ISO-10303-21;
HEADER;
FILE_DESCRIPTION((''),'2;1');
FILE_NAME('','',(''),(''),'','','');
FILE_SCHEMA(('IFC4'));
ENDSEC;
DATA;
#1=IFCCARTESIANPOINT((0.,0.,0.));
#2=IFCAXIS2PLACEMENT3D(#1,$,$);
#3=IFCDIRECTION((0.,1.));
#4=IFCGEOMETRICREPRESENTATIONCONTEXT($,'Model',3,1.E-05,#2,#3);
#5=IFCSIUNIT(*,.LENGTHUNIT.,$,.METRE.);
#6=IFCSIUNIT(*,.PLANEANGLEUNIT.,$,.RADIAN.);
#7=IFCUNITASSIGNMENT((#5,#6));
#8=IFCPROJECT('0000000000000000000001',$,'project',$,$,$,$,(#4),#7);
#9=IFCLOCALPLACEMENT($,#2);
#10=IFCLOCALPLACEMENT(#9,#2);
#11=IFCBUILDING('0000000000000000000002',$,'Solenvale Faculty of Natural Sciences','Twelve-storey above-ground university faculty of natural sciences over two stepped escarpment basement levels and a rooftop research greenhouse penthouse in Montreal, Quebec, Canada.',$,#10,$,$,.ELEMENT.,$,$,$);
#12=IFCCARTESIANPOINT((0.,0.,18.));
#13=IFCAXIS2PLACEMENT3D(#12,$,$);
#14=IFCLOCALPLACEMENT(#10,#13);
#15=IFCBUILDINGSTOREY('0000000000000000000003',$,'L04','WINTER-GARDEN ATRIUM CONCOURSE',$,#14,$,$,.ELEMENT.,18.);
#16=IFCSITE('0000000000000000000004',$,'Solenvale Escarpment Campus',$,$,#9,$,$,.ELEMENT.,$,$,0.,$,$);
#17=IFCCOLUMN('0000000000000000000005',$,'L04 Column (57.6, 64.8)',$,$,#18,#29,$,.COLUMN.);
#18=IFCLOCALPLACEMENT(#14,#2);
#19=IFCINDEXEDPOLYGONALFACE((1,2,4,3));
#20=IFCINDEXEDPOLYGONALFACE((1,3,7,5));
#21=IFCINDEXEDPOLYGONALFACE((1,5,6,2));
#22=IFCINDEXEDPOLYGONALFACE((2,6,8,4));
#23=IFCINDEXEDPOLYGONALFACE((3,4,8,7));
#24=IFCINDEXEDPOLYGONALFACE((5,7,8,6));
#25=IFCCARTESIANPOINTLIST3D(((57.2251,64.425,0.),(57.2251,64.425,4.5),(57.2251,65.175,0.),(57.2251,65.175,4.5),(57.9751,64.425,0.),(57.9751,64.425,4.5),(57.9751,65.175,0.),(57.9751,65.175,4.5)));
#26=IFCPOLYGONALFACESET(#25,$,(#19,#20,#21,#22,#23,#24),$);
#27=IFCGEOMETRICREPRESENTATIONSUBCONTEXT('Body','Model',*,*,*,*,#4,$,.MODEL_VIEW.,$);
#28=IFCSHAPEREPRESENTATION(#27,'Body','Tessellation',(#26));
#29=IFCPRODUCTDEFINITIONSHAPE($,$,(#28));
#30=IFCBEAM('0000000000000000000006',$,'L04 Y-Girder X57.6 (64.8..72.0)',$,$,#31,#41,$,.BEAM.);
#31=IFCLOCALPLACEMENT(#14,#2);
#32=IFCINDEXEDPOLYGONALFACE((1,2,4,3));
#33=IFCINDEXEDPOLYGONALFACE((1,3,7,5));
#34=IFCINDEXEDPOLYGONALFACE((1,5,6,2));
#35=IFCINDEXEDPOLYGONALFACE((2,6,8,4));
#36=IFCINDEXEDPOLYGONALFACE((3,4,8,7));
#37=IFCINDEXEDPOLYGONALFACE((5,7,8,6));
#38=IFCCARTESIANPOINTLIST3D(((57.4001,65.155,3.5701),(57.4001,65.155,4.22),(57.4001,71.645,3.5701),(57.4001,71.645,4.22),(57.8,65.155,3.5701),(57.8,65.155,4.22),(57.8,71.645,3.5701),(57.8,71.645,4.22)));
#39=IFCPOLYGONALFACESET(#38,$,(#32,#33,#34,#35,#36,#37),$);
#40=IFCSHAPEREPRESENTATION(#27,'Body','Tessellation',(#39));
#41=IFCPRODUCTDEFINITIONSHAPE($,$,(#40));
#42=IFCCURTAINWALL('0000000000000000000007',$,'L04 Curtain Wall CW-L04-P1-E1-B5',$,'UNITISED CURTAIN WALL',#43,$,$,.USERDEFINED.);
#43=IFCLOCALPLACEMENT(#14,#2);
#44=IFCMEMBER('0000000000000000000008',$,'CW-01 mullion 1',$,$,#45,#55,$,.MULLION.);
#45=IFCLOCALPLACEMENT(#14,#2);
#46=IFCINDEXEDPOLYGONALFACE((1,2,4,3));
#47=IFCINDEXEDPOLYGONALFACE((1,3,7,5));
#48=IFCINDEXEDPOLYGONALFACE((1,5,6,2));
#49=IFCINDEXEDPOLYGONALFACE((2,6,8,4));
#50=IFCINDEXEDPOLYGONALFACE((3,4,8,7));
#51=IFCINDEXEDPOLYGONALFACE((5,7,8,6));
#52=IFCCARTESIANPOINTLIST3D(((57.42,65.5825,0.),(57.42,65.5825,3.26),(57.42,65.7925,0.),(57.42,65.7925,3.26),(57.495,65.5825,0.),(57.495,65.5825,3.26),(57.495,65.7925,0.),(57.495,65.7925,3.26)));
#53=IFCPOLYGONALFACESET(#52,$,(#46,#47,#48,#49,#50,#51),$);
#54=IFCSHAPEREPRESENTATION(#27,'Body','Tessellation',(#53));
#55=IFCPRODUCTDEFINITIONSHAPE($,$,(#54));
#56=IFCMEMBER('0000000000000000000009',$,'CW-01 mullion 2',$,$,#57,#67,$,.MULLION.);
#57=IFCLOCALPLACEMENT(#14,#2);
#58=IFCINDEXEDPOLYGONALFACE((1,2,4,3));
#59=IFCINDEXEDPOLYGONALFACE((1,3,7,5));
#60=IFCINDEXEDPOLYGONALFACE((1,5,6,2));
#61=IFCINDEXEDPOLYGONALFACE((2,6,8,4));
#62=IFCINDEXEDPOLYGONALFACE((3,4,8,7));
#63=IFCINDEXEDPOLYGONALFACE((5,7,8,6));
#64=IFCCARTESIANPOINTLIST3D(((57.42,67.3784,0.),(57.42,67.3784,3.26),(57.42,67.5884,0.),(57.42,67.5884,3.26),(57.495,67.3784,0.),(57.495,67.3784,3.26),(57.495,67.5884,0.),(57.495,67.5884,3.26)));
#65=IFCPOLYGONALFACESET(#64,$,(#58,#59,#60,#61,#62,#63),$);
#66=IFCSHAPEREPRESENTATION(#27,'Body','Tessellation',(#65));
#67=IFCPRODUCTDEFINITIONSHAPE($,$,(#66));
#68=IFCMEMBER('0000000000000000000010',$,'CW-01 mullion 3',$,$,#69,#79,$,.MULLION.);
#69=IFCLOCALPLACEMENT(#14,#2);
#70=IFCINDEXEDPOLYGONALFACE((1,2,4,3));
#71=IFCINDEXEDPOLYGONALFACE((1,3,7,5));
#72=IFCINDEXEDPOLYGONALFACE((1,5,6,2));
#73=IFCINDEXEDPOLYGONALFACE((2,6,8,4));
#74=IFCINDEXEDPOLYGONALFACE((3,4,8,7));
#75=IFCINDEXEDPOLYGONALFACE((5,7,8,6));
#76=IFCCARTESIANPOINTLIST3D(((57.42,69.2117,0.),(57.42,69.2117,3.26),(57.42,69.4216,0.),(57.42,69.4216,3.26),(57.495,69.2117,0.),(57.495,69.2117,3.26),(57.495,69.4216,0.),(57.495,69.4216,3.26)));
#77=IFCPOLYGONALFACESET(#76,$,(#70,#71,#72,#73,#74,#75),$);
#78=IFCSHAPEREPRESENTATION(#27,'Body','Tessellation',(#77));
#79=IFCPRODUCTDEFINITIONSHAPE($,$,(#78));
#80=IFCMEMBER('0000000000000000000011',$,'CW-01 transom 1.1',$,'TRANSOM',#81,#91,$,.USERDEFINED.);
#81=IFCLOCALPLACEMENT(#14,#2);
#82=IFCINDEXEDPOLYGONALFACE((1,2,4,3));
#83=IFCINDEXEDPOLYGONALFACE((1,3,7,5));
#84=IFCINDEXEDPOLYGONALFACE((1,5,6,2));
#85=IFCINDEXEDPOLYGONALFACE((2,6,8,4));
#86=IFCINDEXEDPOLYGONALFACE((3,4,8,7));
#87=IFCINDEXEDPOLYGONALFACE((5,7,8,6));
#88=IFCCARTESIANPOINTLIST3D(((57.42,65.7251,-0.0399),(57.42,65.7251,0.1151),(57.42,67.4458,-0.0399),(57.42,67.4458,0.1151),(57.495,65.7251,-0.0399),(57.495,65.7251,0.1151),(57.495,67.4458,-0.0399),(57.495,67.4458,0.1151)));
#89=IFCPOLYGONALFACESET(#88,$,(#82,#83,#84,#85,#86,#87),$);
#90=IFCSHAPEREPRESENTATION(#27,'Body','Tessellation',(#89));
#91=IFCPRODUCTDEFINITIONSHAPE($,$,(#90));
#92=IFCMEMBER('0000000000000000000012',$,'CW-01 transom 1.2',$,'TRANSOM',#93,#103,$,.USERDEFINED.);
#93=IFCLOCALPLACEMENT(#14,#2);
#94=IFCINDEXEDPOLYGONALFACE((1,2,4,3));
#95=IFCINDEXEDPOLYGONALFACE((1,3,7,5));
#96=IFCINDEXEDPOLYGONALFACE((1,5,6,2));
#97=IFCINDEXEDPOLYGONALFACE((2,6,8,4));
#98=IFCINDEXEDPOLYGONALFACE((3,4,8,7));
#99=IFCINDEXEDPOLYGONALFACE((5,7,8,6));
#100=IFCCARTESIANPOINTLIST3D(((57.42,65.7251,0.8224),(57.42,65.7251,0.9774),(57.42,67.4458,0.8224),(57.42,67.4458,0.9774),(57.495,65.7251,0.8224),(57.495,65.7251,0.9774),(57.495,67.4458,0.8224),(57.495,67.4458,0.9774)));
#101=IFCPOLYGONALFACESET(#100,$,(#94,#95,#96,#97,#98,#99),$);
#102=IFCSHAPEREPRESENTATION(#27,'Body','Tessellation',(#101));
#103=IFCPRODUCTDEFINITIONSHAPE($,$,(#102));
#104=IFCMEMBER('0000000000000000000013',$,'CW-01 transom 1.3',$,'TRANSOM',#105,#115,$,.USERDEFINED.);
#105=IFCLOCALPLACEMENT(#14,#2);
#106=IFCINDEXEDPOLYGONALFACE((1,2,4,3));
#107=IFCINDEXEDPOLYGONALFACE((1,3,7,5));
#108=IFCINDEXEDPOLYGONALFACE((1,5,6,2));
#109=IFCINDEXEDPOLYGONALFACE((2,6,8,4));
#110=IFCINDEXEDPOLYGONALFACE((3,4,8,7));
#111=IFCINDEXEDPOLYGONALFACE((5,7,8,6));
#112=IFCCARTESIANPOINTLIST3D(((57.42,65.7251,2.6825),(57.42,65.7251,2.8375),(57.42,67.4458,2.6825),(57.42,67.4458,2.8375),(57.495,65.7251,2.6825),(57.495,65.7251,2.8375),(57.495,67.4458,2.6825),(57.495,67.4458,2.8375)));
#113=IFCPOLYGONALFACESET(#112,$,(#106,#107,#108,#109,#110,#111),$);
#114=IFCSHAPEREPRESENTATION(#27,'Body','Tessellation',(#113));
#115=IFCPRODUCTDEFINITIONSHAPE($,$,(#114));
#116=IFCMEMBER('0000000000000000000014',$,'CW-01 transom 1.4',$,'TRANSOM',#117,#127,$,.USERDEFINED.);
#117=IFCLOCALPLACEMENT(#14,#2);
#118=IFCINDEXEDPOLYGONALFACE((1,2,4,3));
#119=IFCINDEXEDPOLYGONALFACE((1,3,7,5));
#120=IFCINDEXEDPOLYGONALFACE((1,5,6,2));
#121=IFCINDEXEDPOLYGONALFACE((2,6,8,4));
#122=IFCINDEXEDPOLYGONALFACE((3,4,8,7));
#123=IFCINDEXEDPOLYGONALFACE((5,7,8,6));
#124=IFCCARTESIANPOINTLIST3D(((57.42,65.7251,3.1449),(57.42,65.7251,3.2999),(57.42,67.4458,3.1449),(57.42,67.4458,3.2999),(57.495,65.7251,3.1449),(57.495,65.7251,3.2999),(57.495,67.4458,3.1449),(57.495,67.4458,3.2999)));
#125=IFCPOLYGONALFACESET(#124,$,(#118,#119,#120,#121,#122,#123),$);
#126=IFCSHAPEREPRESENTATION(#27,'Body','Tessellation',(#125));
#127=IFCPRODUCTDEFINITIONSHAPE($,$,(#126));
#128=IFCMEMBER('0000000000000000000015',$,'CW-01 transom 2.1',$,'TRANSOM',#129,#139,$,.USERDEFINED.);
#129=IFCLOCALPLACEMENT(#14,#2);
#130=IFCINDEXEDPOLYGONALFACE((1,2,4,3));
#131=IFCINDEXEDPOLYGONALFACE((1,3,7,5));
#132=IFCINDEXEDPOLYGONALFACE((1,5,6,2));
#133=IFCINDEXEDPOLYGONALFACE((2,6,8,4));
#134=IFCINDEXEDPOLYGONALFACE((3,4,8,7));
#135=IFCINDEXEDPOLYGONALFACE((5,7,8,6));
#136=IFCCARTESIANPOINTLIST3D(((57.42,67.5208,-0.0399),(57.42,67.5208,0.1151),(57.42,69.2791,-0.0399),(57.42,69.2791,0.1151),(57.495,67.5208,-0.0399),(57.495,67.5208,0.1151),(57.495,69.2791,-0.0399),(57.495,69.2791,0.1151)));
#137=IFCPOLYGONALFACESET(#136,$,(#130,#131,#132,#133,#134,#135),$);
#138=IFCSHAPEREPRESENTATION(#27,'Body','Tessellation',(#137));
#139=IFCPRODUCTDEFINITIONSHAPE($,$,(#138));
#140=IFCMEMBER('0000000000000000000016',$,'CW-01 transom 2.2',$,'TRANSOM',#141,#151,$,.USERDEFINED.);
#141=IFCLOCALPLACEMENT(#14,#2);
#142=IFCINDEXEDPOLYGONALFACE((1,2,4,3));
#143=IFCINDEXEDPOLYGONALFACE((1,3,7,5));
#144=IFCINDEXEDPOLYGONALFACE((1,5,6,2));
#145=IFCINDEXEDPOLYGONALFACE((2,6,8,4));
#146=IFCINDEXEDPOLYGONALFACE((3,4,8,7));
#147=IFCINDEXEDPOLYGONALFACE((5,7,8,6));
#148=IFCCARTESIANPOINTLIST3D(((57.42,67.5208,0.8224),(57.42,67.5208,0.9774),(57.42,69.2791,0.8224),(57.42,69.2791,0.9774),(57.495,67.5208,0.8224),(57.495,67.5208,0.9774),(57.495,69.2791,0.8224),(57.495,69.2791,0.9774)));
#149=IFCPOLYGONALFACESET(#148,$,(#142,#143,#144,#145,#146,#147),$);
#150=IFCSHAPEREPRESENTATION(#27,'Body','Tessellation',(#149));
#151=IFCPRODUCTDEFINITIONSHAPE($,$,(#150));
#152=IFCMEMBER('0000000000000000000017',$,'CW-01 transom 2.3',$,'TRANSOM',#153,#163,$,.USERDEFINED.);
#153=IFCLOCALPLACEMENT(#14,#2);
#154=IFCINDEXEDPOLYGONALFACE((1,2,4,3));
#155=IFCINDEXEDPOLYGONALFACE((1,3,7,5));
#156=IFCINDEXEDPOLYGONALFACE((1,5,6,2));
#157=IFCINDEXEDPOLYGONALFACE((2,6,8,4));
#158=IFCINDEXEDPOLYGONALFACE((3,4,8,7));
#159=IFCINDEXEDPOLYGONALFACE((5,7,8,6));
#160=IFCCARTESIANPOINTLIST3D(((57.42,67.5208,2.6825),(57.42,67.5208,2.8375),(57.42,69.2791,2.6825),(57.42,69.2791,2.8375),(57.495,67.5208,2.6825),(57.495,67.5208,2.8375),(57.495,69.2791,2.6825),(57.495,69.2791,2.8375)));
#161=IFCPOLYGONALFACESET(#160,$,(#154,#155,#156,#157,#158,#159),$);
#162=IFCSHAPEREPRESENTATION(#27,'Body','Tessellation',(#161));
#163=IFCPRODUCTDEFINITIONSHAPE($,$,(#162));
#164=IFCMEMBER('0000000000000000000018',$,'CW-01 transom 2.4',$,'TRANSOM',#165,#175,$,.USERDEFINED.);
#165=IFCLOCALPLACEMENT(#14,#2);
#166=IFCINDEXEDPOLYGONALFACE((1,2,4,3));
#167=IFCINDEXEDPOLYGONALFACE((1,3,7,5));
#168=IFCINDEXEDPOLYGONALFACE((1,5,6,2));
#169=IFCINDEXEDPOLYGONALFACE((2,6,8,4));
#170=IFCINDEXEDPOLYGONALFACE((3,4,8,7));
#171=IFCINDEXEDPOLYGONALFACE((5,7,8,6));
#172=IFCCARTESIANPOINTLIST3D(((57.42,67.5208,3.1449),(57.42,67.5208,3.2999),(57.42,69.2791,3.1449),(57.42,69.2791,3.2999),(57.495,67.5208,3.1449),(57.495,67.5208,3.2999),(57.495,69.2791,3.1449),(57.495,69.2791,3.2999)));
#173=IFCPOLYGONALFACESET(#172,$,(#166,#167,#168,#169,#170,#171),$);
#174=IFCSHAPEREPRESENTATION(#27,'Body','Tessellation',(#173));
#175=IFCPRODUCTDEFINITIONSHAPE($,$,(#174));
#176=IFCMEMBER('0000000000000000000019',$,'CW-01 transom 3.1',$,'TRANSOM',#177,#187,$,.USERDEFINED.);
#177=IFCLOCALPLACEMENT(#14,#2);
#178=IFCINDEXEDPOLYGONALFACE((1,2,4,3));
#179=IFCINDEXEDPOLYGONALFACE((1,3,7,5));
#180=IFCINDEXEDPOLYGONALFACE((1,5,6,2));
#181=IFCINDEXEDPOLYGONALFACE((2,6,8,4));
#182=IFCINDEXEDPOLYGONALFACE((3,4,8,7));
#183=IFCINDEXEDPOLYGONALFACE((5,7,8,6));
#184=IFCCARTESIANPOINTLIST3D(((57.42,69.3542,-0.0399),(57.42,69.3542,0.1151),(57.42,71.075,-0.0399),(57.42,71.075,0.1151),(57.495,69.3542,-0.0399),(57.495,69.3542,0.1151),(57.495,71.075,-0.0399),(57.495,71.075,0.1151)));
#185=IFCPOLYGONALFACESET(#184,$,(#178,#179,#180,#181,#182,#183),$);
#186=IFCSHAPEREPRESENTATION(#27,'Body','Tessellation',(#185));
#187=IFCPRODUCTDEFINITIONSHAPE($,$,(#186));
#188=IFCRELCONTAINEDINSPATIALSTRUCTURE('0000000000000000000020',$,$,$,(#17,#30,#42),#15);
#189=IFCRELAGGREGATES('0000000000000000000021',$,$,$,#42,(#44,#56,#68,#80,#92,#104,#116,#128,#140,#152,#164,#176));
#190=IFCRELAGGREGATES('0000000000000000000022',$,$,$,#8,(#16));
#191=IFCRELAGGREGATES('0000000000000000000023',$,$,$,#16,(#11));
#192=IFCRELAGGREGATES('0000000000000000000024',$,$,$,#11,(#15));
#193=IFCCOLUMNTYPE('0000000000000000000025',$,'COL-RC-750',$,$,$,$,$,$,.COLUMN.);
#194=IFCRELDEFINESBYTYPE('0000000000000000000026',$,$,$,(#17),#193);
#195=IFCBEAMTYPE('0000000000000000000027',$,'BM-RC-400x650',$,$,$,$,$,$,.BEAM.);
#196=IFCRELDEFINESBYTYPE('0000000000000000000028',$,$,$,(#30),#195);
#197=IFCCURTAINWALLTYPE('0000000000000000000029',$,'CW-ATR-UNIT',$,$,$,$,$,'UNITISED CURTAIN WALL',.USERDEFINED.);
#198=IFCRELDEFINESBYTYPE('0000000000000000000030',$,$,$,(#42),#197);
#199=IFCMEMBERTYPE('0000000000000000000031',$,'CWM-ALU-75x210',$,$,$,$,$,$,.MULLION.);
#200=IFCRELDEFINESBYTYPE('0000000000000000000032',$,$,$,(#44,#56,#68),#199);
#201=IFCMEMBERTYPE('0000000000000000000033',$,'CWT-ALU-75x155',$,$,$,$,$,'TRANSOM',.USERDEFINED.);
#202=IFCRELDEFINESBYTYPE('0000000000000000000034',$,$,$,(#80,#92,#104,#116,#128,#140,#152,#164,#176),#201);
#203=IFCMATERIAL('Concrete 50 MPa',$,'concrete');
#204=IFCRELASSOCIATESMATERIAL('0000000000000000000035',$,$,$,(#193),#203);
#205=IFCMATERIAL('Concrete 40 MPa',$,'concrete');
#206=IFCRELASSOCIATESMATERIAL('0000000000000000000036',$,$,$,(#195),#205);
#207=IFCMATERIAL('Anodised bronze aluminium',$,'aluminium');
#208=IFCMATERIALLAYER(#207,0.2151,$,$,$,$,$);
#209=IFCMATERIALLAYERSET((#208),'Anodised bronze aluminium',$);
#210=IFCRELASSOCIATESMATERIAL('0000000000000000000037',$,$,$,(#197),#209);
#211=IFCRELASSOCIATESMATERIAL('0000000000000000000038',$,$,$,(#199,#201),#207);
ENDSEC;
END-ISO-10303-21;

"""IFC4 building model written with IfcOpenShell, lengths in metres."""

from ifc_helpers import new_model, si_unit, direction, frame, origin, origin_2d, place, context, subcontext, project, spatial, rectangle, extrude, material, layer, layer_set, material_profile, profile_set, type_object, element, aggregate, save


model = new_model("IFC4")

# Units and contexts
model_context = context("Model", 3, precision=1e-05, world=origin(), true_north=direction((0.0, 1.0)))
body_context = subcontext(model_context, "Body", "Model", "MODEL_VIEW")
ifc_project = project(units=[si_unit("LENGTHUNIT", "METRE"), si_unit("PLANEANGLEUNIT", "RADIAN")], contexts=[model_context])

# Site, building, storey
site_placement = place(None, origin())
site = spatial("IfcSite", under=ifc_project, at=site_placement, Name="Solenvale Escarpment Campus", CompositionType="ELEMENT", RefElevation=0.0)
building_placement = place(site_placement, origin())
building = spatial("IfcBuilding", under=site, at=building_placement, Name="Solenvale Faculty of Natural Sciences", Description="Twelve-storey above-ground university faculty of natural sciences over two stepped escarpment basement levels and a rooftop research greenhouse penthouse in Montreal, Quebec, Canada.", CompositionType="ELEMENT")
storey_placement = place(building_placement, frame((0.0, 0.0, 18.0)))
storey = spatial("IfcBuildingStorey", under=building, at=storey_placement, Name="L04", Description="WINTER-GARDEN ATRIUM CONCOURSE", CompositionType="ELEMENT", Elevation=18.0)

# Column
ifc_material_1 = material(Name="Concrete 50 MPa", Category="concrete")
ifc_material_profile_1 = material_profile(ifc_material_1, rectangle(XDim=0.75, YDim=0.75, at=origin_2d()), Name="RC-COL-750x750")
ifc_profile_set_1 = profile_set([ifc_material_profile_1], Name="Concrete 50 MPa")
column_type = type_object("IfcColumnType", Name="COL-RC-750", PredefinedType="COLUMN", material=ifc_profile_set_1)
column_placement = place(storey_placement, frame((57.6001, 64.8, 0.0), z_axis=(0.0, 0.0, 1.0), x_axis=(1.0, 0.0, 0.0)))
element("IfcColumn", 1, at=column_placement, inside=storey, type_object=column_type, Name="L04 Column (57.6, 64.8)", PredefinedType="COLUMN", context=body_context, shape_type="SweptSolid", body=[
    extrude(rectangle(XDim=0.75, YDim=0.75, at=origin_2d()), origin(), (0.0, 0.0, 1.0), 4.5),
])

# Beam
ifc_material_2 = material(Name="Concrete 40 MPa", Category="concrete")
ifc_material_profile_2 = material_profile(ifc_material_2, rectangle(XDim=0.3999, YDim=0.6499, at=origin_2d()), Name="RC-BM-400x650")
ifc_profile_set_2 = profile_set([ifc_material_profile_2], Name="Concrete 40 MPa")
beam_type = type_object("IfcBeamType", Name="BM-RC-400x650", PredefinedType="BEAM", material=ifc_profile_set_2)
beam_placement = place(storey_placement, frame((57.6001, 65.155, 3.895), z_axis=(0.0, 1.0, 0.0), x_axis=(-1.0, 0.0, 0.0)))
element("IfcBeam", 2, at=beam_placement, inside=storey, type_object=beam_type, Name="L04 Y-Girder X57.6 (64.8..72.0)", PredefinedType="BEAM", context=body_context, shape_type="SweptSolid", body=[
    extrude(rectangle(XDim=0.3999, YDim=0.6499, at=origin_2d()), origin(), (0.0, 0.0, 1.0), 6.49),
])

# Curtain wall, members
ifc_material_3 = material(Name="Anodised bronze aluminium", Category="aluminium")
ifc_layer_1 = layer(ifc_material_3, 0.2151)
ifc_layer_set_1 = layer_set([ifc_layer_1], Name="Anodised bronze aluminium")
curtain_wall_type = type_object("IfcCurtainWallType", Name="CW-ATR-UNIT", ElementType="UNITISED CURTAIN WALL", PredefinedType="USERDEFINED", material=ifc_layer_set_1)
curtain_wall_placement = place(storey_placement, origin())
curtain_wall = element("IfcCurtainWall", 3, at=curtain_wall_placement, inside=storey, type_object=curtain_wall_type, Name="L04 Curtain Wall CW-L04-P1-E1-B5", ObjectType="UNITISED CURTAIN WALL", PredefinedType="USERDEFINED")
ifc_material_profile_3 = material_profile(ifc_material_3, rectangle(XDim=0.075, YDim=0.21, at=origin_2d()), Name="ALU-MUL-75x210")
ifc_profile_set_3 = profile_set([ifc_material_profile_3], Name="Anodised bronze aluminium")
member_type_1 = type_object("IfcMemberType", Name="CWM-ALU-75x210", PredefinedType="MULLION", material=ifc_profile_set_3)
member_1_placement = place(storey_placement, frame((57.4575, 65.6875, 0.0), z_axis=(0.0, 0.0, 1.0), x_axis=(-1.0, 0.0, 0.0)))
member_1 = element("IfcMember", 4, at=member_1_placement, type_object=member_type_1, Name="CW-01 mullion 1", PredefinedType="MULLION", context=body_context, shape_type="SweptSolid", body=[
    extrude(rectangle(XDim=0.075, YDim=0.21, at=origin_2d()), origin(), (0.0, 0.0, 1.0), 3.26),
])
member_2_placement = place(storey_placement, frame((57.4575, 67.4834, 0.0), z_axis=(0.0, 0.0, 1.0), x_axis=(-1.0, 0.0, 0.0)))
member_2 = element("IfcMember", 5, at=member_2_placement, type_object=member_type_1, Name="CW-01 mullion 2", PredefinedType="MULLION", context=body_context, shape_type="SweptSolid", body=[
    extrude(rectangle(XDim=0.075, YDim=0.21, at=origin_2d()), origin(), (0.0, 0.0, 1.0), 3.26),
])
member_3_placement = place(storey_placement, frame((57.4575, 69.3167, 0.0), z_axis=(0.0, 0.0, 1.0), x_axis=(-1.0, 0.0, 0.0)))
member_3 = element("IfcMember", 6, at=member_3_placement, type_object=member_type_1, Name="CW-01 mullion 3", PredefinedType="MULLION", context=body_context, shape_type="SweptSolid", body=[
    extrude(rectangle(XDim=0.075, YDim=0.21, at=origin_2d()), origin(), (0.0, 0.0, 1.0), 3.26),
])
ifc_material_profile_4 = material_profile(ifc_material_3, rectangle(XDim=0.075, YDim=0.155, at=origin_2d()), Name="ALU-TRN-75x155")
ifc_profile_set_4 = profile_set([ifc_material_profile_4], Name="Anodised bronze aluminium")
member_type_2 = type_object("IfcMemberType", Name="CWT-ALU-75x155", ElementType="TRANSOM", PredefinedType="USERDEFINED", material=ifc_profile_set_4)
member_4_placement = place(storey_placement, frame((57.4575, 65.7251, 0.0376), z_axis=(0.0, 1.0, 0.0), x_axis=(-1.0, 0.0, 0.0)))
member_4 = element("IfcMember", 7, at=member_4_placement, type_object=member_type_2, Name="CW-01 transom 1.1", ObjectType="TRANSOM", PredefinedType="USERDEFINED", context=body_context, shape_type="SweptSolid", body=[
    extrude(rectangle(XDim=0.075, YDim=0.155, at=origin_2d()), origin(), (0.0, 0.0, 1.0), 1.7207),
])
member_5_placement = place(storey_placement, frame((57.4575, 65.7251, 0.8999), z_axis=(0.0, 1.0, 0.0), x_axis=(-1.0, 0.0, 0.0)))
member_5 = element("IfcMember", 8, at=member_5_placement, type_object=member_type_2, Name="CW-01 transom 1.2", ObjectType="TRANSOM", PredefinedType="USERDEFINED", context=body_context, shape_type="SweptSolid", body=[
    extrude(rectangle(XDim=0.075, YDim=0.155, at=origin_2d()), origin(), (0.0, 0.0, 1.0), 1.7207),
])
member_6_placement = place(storey_placement, frame((57.4575, 65.7251, 2.76), z_axis=(0.0, 1.0, 0.0), x_axis=(-1.0, 0.0, 0.0)))
member_6 = element("IfcMember", 9, at=member_6_placement, type_object=member_type_2, Name="CW-01 transom 1.3", ObjectType="TRANSOM", PredefinedType="USERDEFINED", context=body_context, shape_type="SweptSolid", body=[
    extrude(rectangle(XDim=0.075, YDim=0.155, at=origin_2d()), origin(), (0.0, 0.0, 1.0), 1.7207),
])
member_7_placement = place(storey_placement, frame((57.4575, 65.7251, 3.2224), z_axis=(0.0, 1.0, 0.0), x_axis=(-1.0, 0.0, 0.0)))
member_7 = element("IfcMember", 10, at=member_7_placement, type_object=member_type_2, Name="CW-01 transom 1.4", ObjectType="TRANSOM", PredefinedType="USERDEFINED", context=body_context, shape_type="SweptSolid", body=[
    extrude(rectangle(XDim=0.075, YDim=0.155, at=origin_2d()), origin(), (0.0, 0.0, 1.0), 1.7207),
])
member_8_placement = place(storey_placement, frame((57.4575, 67.5208, 0.0376), z_axis=(0.0, 1.0, 0.0), x_axis=(-1.0, 0.0, 0.0)))
member_8 = element("IfcMember", 11, at=member_8_placement, type_object=member_type_2, Name="CW-01 transom 2.1", ObjectType="TRANSOM", PredefinedType="USERDEFINED", context=body_context, shape_type="SweptSolid", body=[
    extrude(rectangle(XDim=0.075, YDim=0.155, at=origin_2d()), origin(), (0.0, 0.0, 1.0), 1.7583),
])
member_9_placement = place(storey_placement, frame((57.4575, 67.5208, 0.8999), z_axis=(0.0, 1.0, 0.0), x_axis=(-1.0, 0.0, 0.0)))
member_9 = element("IfcMember", 12, at=member_9_placement, type_object=member_type_2, Name="CW-01 transom 2.2", ObjectType="TRANSOM", PredefinedType="USERDEFINED", context=body_context, shape_type="SweptSolid", body=[
    extrude(rectangle(XDim=0.075, YDim=0.155, at=origin_2d()), origin(), (0.0, 0.0, 1.0), 1.7583),
])
member_10_placement = place(storey_placement, frame((57.4575, 67.5208, 2.76), z_axis=(0.0, 1.0, 0.0), x_axis=(-1.0, 0.0, 0.0)))
member_10 = element("IfcMember", 13, at=member_10_placement, type_object=member_type_2, Name="CW-01 transom 2.3", ObjectType="TRANSOM", PredefinedType="USERDEFINED", context=body_context, shape_type="SweptSolid", body=[
    extrude(rectangle(XDim=0.075, YDim=0.155, at=origin_2d()), origin(), (0.0, 0.0, 1.0), 1.7583),
])
member_11_placement = place(storey_placement, frame((57.4575, 67.5208, 3.2224), z_axis=(0.0, 1.0, 0.0), x_axis=(-1.0, 0.0, 0.0)))
member_11 = element("IfcMember", 14, at=member_11_placement, type_object=member_type_2, Name="CW-01 transom 2.4", ObjectType="TRANSOM", PredefinedType="USERDEFINED", context=body_context, shape_type="SweptSolid", body=[
    extrude(rectangle(XDim=0.075, YDim=0.155, at=origin_2d()), origin(), (0.0, 0.0, 1.0), 1.7583),
])
member_12_placement = place(storey_placement, frame((57.4575, 69.3542, 0.0376), z_axis=(0.0, 1.0, 0.0), x_axis=(-1.0, 0.0, 0.0)))
member_12 = element("IfcMember", 15, at=member_12_placement, type_object=member_type_2, Name="CW-01 transom 3.1", ObjectType="TRANSOM", PredefinedType="USERDEFINED", context=body_context, shape_type="SweptSolid", body=[
    extrude(rectangle(XDim=0.075, YDim=0.155, at=origin_2d()), origin(), (0.0, 0.0, 1.0), 1.7207),
])
aggregate(curtain_wall, [member_1, member_2, member_3, member_4, member_5, member_6, member_7, member_8, member_9, member_10, member_11, member_12])

save(model, "model.ifc")
